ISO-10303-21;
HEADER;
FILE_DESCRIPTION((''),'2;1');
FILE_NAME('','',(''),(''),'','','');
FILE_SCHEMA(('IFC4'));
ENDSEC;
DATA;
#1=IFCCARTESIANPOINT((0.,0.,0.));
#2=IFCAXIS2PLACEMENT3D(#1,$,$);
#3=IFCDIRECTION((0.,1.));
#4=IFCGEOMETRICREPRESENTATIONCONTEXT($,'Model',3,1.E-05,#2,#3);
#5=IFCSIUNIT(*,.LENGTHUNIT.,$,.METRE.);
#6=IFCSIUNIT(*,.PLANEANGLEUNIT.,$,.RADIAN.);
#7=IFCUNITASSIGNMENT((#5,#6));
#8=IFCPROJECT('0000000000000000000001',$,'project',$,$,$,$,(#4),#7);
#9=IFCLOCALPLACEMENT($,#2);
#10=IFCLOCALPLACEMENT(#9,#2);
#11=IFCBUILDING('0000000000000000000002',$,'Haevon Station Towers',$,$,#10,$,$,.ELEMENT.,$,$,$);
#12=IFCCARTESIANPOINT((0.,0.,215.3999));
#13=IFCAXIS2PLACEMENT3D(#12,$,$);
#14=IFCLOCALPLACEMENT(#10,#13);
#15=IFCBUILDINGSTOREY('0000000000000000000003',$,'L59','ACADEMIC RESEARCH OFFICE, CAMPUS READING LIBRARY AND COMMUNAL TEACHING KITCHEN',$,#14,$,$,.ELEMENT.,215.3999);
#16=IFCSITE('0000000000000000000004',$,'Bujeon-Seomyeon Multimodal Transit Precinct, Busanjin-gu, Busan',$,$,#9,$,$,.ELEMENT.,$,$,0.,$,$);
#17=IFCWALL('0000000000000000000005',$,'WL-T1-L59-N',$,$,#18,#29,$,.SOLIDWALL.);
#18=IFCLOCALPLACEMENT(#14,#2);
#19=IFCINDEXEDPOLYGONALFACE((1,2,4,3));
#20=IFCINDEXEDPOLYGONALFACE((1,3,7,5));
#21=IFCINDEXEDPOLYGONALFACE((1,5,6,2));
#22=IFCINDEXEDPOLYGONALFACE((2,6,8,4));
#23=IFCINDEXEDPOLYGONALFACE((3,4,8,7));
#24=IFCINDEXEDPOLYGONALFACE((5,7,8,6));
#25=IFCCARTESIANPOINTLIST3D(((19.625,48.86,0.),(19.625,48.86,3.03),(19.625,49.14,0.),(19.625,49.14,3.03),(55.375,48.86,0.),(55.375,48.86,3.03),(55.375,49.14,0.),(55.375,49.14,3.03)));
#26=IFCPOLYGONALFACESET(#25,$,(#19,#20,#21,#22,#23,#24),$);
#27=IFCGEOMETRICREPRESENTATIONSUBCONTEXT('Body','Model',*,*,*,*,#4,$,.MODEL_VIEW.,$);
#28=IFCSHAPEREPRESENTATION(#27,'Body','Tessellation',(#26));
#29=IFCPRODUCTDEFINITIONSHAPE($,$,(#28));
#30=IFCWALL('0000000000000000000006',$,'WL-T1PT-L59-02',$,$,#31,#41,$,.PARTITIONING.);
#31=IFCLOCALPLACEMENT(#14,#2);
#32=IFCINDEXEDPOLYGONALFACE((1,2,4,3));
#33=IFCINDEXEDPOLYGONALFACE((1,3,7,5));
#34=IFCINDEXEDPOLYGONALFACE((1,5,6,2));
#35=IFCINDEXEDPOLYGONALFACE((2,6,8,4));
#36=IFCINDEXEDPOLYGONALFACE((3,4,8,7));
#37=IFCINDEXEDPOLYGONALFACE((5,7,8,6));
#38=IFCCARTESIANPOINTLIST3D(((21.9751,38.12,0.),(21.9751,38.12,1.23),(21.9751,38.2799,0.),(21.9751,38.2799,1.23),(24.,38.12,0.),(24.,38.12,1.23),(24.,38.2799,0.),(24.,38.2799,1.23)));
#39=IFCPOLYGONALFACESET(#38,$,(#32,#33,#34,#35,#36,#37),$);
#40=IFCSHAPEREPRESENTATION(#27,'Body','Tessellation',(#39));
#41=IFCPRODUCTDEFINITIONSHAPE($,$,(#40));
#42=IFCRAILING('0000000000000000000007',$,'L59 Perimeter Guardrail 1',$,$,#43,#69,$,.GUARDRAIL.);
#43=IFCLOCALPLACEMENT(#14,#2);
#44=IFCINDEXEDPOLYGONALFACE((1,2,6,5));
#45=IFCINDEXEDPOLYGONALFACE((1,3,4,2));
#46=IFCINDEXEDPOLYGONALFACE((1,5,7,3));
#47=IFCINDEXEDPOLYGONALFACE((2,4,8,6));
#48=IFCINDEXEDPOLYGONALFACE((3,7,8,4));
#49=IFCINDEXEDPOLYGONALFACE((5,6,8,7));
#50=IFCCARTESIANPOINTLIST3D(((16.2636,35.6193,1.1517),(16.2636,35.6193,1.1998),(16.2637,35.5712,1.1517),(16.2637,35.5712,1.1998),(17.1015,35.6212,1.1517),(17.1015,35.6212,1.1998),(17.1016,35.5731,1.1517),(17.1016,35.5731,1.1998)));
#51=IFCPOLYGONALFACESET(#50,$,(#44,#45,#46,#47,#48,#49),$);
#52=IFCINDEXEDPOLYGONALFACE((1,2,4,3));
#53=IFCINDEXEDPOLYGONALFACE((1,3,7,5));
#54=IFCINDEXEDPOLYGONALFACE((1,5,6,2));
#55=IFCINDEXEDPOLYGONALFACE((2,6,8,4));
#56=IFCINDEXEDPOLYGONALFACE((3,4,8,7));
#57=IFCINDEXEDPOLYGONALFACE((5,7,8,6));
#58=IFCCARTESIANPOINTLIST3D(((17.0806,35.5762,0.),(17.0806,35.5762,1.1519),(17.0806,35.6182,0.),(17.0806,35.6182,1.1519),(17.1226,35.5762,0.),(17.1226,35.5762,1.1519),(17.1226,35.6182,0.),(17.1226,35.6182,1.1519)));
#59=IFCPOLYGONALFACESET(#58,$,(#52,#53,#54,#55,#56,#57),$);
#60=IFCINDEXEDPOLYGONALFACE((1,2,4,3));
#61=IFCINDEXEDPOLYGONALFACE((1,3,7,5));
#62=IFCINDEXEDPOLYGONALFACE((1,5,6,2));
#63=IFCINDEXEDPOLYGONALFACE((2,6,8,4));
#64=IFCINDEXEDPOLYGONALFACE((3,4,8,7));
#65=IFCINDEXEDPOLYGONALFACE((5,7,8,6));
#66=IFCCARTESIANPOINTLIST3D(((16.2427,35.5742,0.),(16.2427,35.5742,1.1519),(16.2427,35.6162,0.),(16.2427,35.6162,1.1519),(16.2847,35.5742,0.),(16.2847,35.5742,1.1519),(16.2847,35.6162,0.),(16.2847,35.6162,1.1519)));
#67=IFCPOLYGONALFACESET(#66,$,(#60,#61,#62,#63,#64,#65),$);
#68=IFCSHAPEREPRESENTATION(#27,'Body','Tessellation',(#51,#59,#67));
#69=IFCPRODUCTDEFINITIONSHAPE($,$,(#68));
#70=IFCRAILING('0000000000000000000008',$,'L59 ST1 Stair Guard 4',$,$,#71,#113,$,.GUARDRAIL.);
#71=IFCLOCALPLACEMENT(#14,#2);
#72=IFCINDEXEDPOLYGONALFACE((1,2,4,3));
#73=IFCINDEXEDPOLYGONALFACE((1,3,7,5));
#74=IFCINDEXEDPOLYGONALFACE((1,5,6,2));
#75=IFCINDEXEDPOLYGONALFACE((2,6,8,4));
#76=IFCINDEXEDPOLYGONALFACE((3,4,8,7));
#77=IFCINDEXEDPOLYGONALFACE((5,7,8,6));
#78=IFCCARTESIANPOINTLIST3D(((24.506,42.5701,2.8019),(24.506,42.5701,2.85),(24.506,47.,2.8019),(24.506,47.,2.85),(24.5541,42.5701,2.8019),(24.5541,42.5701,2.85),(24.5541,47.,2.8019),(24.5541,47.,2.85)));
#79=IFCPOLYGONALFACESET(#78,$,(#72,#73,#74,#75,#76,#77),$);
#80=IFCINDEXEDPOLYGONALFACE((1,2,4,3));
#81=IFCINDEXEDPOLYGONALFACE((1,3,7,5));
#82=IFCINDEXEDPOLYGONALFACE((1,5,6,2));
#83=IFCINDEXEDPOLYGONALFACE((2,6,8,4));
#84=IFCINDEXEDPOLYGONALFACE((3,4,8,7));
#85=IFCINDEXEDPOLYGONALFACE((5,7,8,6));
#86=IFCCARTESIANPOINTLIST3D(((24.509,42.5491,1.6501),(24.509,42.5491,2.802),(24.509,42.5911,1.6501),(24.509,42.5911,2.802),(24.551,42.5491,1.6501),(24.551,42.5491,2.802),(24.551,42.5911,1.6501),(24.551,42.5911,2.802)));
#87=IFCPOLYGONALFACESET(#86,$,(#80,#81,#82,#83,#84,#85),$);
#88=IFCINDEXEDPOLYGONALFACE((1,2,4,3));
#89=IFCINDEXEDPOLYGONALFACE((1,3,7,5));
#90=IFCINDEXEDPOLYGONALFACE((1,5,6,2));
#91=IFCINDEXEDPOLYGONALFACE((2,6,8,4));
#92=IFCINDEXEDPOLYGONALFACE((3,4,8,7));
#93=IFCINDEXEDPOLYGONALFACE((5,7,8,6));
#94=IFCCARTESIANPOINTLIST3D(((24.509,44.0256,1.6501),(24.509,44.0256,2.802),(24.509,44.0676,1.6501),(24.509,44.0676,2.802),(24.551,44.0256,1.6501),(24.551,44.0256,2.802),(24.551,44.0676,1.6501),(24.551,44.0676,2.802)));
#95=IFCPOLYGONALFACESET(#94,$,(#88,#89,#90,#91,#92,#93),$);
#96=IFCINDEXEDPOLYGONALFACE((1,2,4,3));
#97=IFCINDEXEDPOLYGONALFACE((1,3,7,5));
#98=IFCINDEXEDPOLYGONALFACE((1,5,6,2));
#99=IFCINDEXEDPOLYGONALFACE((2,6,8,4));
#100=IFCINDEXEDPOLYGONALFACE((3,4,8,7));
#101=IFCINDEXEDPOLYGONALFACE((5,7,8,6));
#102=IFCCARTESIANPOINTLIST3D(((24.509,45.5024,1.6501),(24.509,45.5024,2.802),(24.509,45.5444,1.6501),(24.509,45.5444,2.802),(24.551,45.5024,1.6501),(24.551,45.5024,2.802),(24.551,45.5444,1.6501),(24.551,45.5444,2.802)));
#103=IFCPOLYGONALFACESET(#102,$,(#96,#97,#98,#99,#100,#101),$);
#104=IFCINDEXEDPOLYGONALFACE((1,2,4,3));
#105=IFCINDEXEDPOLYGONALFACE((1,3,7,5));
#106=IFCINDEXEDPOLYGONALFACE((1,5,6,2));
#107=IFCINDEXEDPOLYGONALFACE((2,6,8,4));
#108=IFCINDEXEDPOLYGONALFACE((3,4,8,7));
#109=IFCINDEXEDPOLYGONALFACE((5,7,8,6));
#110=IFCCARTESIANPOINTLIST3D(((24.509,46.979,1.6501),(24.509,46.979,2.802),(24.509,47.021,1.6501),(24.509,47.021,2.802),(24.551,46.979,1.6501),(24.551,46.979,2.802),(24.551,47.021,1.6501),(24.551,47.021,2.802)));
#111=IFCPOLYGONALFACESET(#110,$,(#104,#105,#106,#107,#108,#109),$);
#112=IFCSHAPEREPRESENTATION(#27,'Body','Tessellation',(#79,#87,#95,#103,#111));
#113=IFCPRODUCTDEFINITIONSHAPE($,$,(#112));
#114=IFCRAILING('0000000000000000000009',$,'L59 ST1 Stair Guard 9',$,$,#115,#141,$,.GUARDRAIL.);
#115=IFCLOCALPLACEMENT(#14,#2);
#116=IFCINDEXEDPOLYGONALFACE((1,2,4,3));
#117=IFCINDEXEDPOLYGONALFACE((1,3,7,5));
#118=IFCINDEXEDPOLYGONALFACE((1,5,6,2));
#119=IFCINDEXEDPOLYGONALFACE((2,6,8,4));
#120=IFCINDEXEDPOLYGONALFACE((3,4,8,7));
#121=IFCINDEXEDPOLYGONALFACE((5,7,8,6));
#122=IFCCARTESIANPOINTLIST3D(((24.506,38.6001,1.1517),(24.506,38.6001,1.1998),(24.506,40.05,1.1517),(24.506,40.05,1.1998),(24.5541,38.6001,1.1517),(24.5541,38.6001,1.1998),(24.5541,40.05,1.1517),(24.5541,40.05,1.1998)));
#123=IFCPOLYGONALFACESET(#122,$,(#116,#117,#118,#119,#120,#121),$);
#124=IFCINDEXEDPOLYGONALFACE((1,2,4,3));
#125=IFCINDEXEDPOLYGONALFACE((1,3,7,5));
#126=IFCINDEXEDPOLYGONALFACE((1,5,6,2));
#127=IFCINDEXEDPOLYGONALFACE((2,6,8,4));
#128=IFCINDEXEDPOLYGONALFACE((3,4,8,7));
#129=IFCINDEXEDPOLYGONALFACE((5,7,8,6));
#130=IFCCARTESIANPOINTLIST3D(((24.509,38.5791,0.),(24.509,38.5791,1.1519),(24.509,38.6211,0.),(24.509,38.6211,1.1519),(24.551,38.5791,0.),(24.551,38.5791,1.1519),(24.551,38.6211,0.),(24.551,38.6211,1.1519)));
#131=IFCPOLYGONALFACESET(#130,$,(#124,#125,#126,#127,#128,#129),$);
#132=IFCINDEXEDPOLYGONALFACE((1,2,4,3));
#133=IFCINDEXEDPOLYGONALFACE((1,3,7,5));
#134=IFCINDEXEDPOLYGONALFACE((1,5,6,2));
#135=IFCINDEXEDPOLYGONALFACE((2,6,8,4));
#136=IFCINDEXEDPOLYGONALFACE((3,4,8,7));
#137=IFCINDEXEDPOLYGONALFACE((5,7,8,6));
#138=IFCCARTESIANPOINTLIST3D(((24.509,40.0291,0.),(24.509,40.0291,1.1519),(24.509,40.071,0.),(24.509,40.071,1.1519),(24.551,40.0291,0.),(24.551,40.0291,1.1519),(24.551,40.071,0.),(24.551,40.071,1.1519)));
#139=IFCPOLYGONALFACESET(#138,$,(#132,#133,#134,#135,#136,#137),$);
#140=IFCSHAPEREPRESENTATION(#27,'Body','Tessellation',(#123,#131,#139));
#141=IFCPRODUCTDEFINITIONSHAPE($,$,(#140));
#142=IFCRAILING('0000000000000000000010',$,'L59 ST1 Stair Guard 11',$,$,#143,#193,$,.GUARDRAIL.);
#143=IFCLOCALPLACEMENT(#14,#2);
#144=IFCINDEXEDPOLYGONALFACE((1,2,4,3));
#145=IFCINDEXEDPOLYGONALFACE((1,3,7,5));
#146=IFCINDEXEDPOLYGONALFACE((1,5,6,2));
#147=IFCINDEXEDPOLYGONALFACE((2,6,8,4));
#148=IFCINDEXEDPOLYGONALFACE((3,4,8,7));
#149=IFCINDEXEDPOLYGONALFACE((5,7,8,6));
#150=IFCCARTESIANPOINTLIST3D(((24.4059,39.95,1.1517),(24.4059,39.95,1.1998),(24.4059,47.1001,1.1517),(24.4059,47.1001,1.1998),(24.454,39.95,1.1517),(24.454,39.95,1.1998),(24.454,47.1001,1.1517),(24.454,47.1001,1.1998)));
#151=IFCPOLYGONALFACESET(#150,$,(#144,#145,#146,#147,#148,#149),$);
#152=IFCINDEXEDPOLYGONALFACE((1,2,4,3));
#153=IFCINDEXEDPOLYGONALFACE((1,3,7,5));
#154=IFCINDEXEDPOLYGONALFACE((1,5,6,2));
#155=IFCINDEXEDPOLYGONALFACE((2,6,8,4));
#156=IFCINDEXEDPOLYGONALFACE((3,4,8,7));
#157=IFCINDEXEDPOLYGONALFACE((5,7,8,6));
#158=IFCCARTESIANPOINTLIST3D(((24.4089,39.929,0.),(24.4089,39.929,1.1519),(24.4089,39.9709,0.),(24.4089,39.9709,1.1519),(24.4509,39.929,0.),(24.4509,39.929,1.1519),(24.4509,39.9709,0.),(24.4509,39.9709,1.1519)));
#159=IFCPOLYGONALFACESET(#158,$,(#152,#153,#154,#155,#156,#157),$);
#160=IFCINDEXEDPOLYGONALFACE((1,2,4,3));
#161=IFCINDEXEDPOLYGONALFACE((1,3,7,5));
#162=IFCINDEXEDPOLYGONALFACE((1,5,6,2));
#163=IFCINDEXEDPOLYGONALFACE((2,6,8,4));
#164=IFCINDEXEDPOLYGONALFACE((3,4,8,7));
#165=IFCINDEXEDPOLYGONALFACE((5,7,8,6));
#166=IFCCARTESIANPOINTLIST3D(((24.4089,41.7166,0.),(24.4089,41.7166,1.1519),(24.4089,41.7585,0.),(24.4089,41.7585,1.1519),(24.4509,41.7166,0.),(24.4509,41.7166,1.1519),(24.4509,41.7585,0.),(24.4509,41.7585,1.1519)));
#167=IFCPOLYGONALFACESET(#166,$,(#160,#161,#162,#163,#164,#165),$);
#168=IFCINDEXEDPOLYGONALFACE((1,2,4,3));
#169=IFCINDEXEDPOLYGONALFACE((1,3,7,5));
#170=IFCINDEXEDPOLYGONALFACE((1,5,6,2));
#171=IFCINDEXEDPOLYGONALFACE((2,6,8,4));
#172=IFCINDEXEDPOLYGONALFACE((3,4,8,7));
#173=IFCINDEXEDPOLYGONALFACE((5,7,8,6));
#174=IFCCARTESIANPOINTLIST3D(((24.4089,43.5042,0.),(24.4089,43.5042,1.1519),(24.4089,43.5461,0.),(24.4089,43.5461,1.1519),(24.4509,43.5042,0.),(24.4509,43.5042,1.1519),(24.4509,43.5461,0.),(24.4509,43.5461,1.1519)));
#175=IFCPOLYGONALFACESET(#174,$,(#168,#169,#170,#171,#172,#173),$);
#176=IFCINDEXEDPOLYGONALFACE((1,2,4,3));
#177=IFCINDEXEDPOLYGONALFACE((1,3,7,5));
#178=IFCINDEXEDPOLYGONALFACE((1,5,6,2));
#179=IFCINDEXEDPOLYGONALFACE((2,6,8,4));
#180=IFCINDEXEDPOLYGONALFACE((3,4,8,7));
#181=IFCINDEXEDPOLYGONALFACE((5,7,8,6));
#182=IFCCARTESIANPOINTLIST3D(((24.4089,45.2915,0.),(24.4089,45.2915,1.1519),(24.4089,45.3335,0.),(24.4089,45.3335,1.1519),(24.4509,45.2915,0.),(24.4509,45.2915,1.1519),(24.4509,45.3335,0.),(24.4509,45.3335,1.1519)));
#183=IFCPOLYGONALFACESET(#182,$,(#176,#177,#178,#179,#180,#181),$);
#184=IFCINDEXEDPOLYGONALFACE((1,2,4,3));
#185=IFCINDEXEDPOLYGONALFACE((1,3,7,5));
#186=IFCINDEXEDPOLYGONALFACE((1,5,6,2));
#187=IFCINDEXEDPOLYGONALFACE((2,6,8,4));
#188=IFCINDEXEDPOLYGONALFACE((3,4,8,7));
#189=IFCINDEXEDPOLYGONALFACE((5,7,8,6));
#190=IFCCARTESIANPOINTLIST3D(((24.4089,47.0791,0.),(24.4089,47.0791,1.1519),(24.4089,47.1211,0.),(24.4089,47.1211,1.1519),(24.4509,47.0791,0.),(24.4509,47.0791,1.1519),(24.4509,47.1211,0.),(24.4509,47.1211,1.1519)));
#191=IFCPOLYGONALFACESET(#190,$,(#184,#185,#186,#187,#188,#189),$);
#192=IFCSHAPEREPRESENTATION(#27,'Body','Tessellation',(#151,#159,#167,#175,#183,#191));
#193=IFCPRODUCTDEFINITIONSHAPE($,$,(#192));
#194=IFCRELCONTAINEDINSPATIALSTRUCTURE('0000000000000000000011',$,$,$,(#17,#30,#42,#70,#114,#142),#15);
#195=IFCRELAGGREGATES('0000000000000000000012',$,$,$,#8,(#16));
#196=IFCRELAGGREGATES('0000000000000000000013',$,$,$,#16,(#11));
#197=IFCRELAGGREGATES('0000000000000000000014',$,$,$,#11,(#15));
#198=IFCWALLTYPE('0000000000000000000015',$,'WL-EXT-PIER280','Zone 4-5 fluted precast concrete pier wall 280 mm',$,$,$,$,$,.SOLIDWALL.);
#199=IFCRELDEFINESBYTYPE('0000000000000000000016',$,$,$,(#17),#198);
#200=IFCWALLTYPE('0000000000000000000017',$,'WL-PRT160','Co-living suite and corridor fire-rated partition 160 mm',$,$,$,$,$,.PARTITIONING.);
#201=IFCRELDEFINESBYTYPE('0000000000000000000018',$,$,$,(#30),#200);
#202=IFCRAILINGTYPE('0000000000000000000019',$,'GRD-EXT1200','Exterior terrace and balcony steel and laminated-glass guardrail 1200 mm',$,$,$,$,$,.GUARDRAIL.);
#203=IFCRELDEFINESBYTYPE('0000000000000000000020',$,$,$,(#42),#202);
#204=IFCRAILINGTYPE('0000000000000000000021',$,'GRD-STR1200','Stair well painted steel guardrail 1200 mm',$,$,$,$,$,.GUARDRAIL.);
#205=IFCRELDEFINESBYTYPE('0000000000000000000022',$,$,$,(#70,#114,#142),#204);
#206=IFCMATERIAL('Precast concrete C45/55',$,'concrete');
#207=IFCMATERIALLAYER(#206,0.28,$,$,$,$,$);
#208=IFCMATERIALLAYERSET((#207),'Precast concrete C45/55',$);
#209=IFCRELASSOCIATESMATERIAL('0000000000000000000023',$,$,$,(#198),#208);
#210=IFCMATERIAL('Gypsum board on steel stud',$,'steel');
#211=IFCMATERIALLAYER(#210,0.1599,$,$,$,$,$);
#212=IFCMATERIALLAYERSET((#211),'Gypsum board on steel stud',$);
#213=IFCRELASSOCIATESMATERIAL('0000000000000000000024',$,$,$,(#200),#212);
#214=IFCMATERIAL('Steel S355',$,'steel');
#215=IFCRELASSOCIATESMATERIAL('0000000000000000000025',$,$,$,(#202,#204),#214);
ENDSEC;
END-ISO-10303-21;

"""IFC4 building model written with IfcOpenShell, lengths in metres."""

from ifc_helpers import new_model, si_unit, direction, frame, frame_2d, origin, origin_2d, place, context, subcontext, project, spatial, rectangle, extrude, material, layer, layer_set, type_object, element, save


model = new_model("IFC4")

# Units and contexts
model_context = context("Model", 3, precision=1e-05, world=origin(), true_north=direction((0.0, 1.0)))
body_context = subcontext(model_context, "Body", "Model", "MODEL_VIEW")
ifc_project = project(units=[si_unit("LENGTHUNIT", "METRE"), si_unit("PLANEANGLEUNIT", "RADIAN")], contexts=[model_context])

# Site, building, storey
site_placement = place(None, origin())
site = spatial("IfcSite", under=ifc_project, at=site_placement, Name="Bujeon-Seomyeon Multimodal Transit Precinct, Busanjin-gu, Busan", CompositionType="ELEMENT", RefElevation=0.0)
building_placement = place(site_placement, origin())
building = spatial("IfcBuilding", under=site, at=building_placement, Name="Haevon Station Towers", CompositionType="ELEMENT")
storey_placement = place(building_placement, frame((0.0, 0.0, 215.3999)))
storey = spatial("IfcBuildingStorey", under=building, at=storey_placement, Name="L59", Description="ACADEMIC RESEARCH OFFICE, CAMPUS READING LIBRARY AND COMMUNAL TEACHING KITCHEN", CompositionType="ELEMENT", Elevation=215.3999)

# Shared definitions
ifc_material_1 = material(Name="Steel S355", Category="steel")

# Shared definitions
ifc_material_2 = material(Name="Gypsum board on steel stud", Category="steel")

# Walls
ifc_material_3 = material(Name="Precast concrete C45/55", Category="concrete")
ifc_layer_1 = layer(ifc_material_3, 0.28)
ifc_layer_set_1 = layer_set([ifc_layer_1], Name="Precast concrete C45/55")
wall_type_1 = type_object("IfcWallType", Name="WL-EXT-PIER280", Description="Zone 4-5 fluted precast concrete pier wall 280 mm", PredefinedType="SOLIDWALL", material=ifc_layer_set_1)
wall_1_placement = place(storey_placement, frame((19.625, 49.0, 0.0), z_axis=(0.0, 0.0, 1.0), x_axis=(1.0, 0.0, 0.0)))
element("IfcWall", 1, at=wall_1_placement, inside=storey, type_object=wall_type_1, Name="WL-T1-L59-N", PredefinedType="SOLIDWALL", context=body_context, shape_type="SweptSolid", body=[
    extrude(rectangle(XDim=35.75, YDim=0.28, at=frame_2d((17.875, 0.0))), origin(), (0.0, 0.0, 1.0), 3.03),
])
ifc_layer_2 = layer(ifc_material_2, 0.1599)
ifc_layer_set_2 = layer_set([ifc_layer_2], Name="Gypsum board on steel stud")
wall_type_2 = type_object("IfcWallType", Name="WL-PRT160", Description="Co-living suite and corridor fire-rated partition 160 mm", PredefinedType="PARTITIONING", material=ifc_layer_set_2)
wall_2_placement = place(storey_placement, frame((21.9751, 38.2, 0.0), z_axis=(0.0, 0.0, 1.0), x_axis=(1.0, 0.0, 0.0)))
element("IfcWall", 2, at=wall_2_placement, inside=storey, type_object=wall_type_2, Name="WL-T1PT-L59-02", PredefinedType="PARTITIONING", context=body_context, shape_type="SweptSolid", body=[
    extrude(rectangle(XDim=2.0249, YDim=0.1599, at=frame_2d((1.0125, 0.0))), origin(), (0.0, 0.0, 1.0), 1.23),
])

# Railings
railing_type_1 = type_object("IfcRailingType", Name="GRD-EXT1200", Description="Exterior terrace and balcony steel and laminated-glass guardrail 1200 mm", PredefinedType="GUARDRAIL", material=ifc_material_1)
railing_1_placement = place(storey_placement, frame((17.1016, 35.5972, 0.0)))
element("IfcRailing", 3, at=railing_1_placement, inside=storey, type_object=railing_type_1, Name="L59 Perimeter Guardrail 1", PredefinedType="GUARDRAIL", context=body_context, shape_type="SweptSolid", body=[
    extrude(rectangle(XDim=0.0481, YDim=0.0481, at=origin_2d()), frame((0.0, 0.0, 1.1758), z_axis=(-0.999997, -0.002331, 0.0), x_axis=(0.002331, -0.999997, 0.0)), (0.0, 0.0, 1.0), 0.8379),
    extrude(rectangle(XDim=0.042, YDim=0.042, at=origin_2d()), origin(), (0.0, 0.0, 1.0), 1.1519),
    extrude(rectangle(XDim=0.042, YDim=0.042, at=origin_2d()), frame((-0.8379, -0.002, 0.0)), (0.0, 0.0, 1.0), 1.1519),
])
railing_type_2 = type_object("IfcRailingType", Name="GRD-STR1200", Description="Stair well painted steel guardrail 1200 mm", PredefinedType="GUARDRAIL", material=ifc_material_1)
railing_2_placement = place(storey_placement, frame((24.53, 42.5701, 1.6501)))
element("IfcRailing", 4, at=railing_2_placement, inside=storey, type_object=railing_type_2, Name="L59 ST1 Stair Guard 4", PredefinedType="GUARDRAIL", context=body_context, shape_type="SweptSolid", body=[
    extrude(rectangle(XDim=0.0481, YDim=0.0481, at=origin_2d()), frame((0.0, 0.0, 1.1758), z_axis=(0.0, 1.0, 0.0), x_axis=(-1.0, 0.0, 0.0)), (0.0, 0.0, 1.0), 4.4299),
    extrude(rectangle(XDim=0.042, YDim=0.042, at=origin_2d()), origin(), (0.0, 0.0, 1.0), 1.1519),
    extrude(rectangle(XDim=0.042, YDim=0.042, at=origin_2d()), frame((0.0, 1.4766, 0.0)), (0.0, 0.0, 1.0), 1.1519),
    extrude(rectangle(XDim=0.042, YDim=0.042, at=origin_2d()), frame((0.0, 2.9534, 0.0)), (0.0, 0.0, 1.0), 1.1519),
    extrude(rectangle(XDim=0.042, YDim=0.042, at=origin_2d()), frame((0.0, 4.4299, 0.0)), (0.0, 0.0, 1.0), 1.1519),
])
railing_3_placement = place(storey_placement, frame((24.53, 38.6001, 0.0)))
element("IfcRailing", 5, at=railing_3_placement, inside=storey, type_object=railing_type_2, Name="L59 ST1 Stair Guard 9", PredefinedType="GUARDRAIL", context=body_context, shape_type="SweptSolid", body=[
    extrude(rectangle(XDim=0.0481, YDim=0.0481, at=origin_2d()), frame((0.0, 0.0, 1.1758), z_axis=(0.0, 1.0, 0.0), x_axis=(-1.0, 0.0, 0.0)), (0.0, 0.0, 1.0), 1.45),
    extrude(rectangle(XDim=0.042, YDim=0.042, at=origin_2d()), origin(), (0.0, 0.0, 1.0), 1.1519),
    extrude(rectangle(XDim=0.042, YDim=0.042, at=origin_2d()), frame((0.0, 1.45, 0.0)), (0.0, 0.0, 1.0), 1.1519),
])
railing_4_placement = place(storey_placement, frame((24.4299, 39.95, 0.0)))
element("IfcRailing", 6, at=railing_4_placement, inside=storey, type_object=railing_type_2, Name="L59 ST1 Stair Guard 11", PredefinedType="GUARDRAIL", context=body_context, shape_type="SweptSolid", body=[
    extrude(rectangle(XDim=0.0481, YDim=0.0481, at=origin_2d()), frame((0.0, 0.0, 1.1758), z_axis=(0.0, 1.0, 0.0), x_axis=(-1.0, 0.0, 0.0)), (0.0, 0.0, 1.0), 7.1501),
    extrude(rectangle(XDim=0.042, YDim=0.042, at=origin_2d()), origin(), (0.0, 0.0, 1.0), 1.1519),
    extrude(rectangle(XDim=0.042, YDim=0.042, at=origin_2d()), frame((0.0, 1.7876, 0.0)), (0.0, 0.0, 1.0), 1.1519),
    extrude(rectangle(XDim=0.042, YDim=0.042, at=origin_2d()), frame((0.0, 3.5752, 0.0)), (0.0, 0.0, 1.0), 1.1519),
    extrude(rectangle(XDim=0.042, YDim=0.042, at=origin_2d()), frame((0.0, 5.3625, 0.0)), (0.0, 0.0, 1.0), 1.1519),
    extrude(rectangle(XDim=0.042, YDim=0.042, at=origin_2d()), frame((0.0, 7.1501, 0.0)), (0.0, 0.0, 1.0), 1.1519),
])

save(model, "model.ifc")
